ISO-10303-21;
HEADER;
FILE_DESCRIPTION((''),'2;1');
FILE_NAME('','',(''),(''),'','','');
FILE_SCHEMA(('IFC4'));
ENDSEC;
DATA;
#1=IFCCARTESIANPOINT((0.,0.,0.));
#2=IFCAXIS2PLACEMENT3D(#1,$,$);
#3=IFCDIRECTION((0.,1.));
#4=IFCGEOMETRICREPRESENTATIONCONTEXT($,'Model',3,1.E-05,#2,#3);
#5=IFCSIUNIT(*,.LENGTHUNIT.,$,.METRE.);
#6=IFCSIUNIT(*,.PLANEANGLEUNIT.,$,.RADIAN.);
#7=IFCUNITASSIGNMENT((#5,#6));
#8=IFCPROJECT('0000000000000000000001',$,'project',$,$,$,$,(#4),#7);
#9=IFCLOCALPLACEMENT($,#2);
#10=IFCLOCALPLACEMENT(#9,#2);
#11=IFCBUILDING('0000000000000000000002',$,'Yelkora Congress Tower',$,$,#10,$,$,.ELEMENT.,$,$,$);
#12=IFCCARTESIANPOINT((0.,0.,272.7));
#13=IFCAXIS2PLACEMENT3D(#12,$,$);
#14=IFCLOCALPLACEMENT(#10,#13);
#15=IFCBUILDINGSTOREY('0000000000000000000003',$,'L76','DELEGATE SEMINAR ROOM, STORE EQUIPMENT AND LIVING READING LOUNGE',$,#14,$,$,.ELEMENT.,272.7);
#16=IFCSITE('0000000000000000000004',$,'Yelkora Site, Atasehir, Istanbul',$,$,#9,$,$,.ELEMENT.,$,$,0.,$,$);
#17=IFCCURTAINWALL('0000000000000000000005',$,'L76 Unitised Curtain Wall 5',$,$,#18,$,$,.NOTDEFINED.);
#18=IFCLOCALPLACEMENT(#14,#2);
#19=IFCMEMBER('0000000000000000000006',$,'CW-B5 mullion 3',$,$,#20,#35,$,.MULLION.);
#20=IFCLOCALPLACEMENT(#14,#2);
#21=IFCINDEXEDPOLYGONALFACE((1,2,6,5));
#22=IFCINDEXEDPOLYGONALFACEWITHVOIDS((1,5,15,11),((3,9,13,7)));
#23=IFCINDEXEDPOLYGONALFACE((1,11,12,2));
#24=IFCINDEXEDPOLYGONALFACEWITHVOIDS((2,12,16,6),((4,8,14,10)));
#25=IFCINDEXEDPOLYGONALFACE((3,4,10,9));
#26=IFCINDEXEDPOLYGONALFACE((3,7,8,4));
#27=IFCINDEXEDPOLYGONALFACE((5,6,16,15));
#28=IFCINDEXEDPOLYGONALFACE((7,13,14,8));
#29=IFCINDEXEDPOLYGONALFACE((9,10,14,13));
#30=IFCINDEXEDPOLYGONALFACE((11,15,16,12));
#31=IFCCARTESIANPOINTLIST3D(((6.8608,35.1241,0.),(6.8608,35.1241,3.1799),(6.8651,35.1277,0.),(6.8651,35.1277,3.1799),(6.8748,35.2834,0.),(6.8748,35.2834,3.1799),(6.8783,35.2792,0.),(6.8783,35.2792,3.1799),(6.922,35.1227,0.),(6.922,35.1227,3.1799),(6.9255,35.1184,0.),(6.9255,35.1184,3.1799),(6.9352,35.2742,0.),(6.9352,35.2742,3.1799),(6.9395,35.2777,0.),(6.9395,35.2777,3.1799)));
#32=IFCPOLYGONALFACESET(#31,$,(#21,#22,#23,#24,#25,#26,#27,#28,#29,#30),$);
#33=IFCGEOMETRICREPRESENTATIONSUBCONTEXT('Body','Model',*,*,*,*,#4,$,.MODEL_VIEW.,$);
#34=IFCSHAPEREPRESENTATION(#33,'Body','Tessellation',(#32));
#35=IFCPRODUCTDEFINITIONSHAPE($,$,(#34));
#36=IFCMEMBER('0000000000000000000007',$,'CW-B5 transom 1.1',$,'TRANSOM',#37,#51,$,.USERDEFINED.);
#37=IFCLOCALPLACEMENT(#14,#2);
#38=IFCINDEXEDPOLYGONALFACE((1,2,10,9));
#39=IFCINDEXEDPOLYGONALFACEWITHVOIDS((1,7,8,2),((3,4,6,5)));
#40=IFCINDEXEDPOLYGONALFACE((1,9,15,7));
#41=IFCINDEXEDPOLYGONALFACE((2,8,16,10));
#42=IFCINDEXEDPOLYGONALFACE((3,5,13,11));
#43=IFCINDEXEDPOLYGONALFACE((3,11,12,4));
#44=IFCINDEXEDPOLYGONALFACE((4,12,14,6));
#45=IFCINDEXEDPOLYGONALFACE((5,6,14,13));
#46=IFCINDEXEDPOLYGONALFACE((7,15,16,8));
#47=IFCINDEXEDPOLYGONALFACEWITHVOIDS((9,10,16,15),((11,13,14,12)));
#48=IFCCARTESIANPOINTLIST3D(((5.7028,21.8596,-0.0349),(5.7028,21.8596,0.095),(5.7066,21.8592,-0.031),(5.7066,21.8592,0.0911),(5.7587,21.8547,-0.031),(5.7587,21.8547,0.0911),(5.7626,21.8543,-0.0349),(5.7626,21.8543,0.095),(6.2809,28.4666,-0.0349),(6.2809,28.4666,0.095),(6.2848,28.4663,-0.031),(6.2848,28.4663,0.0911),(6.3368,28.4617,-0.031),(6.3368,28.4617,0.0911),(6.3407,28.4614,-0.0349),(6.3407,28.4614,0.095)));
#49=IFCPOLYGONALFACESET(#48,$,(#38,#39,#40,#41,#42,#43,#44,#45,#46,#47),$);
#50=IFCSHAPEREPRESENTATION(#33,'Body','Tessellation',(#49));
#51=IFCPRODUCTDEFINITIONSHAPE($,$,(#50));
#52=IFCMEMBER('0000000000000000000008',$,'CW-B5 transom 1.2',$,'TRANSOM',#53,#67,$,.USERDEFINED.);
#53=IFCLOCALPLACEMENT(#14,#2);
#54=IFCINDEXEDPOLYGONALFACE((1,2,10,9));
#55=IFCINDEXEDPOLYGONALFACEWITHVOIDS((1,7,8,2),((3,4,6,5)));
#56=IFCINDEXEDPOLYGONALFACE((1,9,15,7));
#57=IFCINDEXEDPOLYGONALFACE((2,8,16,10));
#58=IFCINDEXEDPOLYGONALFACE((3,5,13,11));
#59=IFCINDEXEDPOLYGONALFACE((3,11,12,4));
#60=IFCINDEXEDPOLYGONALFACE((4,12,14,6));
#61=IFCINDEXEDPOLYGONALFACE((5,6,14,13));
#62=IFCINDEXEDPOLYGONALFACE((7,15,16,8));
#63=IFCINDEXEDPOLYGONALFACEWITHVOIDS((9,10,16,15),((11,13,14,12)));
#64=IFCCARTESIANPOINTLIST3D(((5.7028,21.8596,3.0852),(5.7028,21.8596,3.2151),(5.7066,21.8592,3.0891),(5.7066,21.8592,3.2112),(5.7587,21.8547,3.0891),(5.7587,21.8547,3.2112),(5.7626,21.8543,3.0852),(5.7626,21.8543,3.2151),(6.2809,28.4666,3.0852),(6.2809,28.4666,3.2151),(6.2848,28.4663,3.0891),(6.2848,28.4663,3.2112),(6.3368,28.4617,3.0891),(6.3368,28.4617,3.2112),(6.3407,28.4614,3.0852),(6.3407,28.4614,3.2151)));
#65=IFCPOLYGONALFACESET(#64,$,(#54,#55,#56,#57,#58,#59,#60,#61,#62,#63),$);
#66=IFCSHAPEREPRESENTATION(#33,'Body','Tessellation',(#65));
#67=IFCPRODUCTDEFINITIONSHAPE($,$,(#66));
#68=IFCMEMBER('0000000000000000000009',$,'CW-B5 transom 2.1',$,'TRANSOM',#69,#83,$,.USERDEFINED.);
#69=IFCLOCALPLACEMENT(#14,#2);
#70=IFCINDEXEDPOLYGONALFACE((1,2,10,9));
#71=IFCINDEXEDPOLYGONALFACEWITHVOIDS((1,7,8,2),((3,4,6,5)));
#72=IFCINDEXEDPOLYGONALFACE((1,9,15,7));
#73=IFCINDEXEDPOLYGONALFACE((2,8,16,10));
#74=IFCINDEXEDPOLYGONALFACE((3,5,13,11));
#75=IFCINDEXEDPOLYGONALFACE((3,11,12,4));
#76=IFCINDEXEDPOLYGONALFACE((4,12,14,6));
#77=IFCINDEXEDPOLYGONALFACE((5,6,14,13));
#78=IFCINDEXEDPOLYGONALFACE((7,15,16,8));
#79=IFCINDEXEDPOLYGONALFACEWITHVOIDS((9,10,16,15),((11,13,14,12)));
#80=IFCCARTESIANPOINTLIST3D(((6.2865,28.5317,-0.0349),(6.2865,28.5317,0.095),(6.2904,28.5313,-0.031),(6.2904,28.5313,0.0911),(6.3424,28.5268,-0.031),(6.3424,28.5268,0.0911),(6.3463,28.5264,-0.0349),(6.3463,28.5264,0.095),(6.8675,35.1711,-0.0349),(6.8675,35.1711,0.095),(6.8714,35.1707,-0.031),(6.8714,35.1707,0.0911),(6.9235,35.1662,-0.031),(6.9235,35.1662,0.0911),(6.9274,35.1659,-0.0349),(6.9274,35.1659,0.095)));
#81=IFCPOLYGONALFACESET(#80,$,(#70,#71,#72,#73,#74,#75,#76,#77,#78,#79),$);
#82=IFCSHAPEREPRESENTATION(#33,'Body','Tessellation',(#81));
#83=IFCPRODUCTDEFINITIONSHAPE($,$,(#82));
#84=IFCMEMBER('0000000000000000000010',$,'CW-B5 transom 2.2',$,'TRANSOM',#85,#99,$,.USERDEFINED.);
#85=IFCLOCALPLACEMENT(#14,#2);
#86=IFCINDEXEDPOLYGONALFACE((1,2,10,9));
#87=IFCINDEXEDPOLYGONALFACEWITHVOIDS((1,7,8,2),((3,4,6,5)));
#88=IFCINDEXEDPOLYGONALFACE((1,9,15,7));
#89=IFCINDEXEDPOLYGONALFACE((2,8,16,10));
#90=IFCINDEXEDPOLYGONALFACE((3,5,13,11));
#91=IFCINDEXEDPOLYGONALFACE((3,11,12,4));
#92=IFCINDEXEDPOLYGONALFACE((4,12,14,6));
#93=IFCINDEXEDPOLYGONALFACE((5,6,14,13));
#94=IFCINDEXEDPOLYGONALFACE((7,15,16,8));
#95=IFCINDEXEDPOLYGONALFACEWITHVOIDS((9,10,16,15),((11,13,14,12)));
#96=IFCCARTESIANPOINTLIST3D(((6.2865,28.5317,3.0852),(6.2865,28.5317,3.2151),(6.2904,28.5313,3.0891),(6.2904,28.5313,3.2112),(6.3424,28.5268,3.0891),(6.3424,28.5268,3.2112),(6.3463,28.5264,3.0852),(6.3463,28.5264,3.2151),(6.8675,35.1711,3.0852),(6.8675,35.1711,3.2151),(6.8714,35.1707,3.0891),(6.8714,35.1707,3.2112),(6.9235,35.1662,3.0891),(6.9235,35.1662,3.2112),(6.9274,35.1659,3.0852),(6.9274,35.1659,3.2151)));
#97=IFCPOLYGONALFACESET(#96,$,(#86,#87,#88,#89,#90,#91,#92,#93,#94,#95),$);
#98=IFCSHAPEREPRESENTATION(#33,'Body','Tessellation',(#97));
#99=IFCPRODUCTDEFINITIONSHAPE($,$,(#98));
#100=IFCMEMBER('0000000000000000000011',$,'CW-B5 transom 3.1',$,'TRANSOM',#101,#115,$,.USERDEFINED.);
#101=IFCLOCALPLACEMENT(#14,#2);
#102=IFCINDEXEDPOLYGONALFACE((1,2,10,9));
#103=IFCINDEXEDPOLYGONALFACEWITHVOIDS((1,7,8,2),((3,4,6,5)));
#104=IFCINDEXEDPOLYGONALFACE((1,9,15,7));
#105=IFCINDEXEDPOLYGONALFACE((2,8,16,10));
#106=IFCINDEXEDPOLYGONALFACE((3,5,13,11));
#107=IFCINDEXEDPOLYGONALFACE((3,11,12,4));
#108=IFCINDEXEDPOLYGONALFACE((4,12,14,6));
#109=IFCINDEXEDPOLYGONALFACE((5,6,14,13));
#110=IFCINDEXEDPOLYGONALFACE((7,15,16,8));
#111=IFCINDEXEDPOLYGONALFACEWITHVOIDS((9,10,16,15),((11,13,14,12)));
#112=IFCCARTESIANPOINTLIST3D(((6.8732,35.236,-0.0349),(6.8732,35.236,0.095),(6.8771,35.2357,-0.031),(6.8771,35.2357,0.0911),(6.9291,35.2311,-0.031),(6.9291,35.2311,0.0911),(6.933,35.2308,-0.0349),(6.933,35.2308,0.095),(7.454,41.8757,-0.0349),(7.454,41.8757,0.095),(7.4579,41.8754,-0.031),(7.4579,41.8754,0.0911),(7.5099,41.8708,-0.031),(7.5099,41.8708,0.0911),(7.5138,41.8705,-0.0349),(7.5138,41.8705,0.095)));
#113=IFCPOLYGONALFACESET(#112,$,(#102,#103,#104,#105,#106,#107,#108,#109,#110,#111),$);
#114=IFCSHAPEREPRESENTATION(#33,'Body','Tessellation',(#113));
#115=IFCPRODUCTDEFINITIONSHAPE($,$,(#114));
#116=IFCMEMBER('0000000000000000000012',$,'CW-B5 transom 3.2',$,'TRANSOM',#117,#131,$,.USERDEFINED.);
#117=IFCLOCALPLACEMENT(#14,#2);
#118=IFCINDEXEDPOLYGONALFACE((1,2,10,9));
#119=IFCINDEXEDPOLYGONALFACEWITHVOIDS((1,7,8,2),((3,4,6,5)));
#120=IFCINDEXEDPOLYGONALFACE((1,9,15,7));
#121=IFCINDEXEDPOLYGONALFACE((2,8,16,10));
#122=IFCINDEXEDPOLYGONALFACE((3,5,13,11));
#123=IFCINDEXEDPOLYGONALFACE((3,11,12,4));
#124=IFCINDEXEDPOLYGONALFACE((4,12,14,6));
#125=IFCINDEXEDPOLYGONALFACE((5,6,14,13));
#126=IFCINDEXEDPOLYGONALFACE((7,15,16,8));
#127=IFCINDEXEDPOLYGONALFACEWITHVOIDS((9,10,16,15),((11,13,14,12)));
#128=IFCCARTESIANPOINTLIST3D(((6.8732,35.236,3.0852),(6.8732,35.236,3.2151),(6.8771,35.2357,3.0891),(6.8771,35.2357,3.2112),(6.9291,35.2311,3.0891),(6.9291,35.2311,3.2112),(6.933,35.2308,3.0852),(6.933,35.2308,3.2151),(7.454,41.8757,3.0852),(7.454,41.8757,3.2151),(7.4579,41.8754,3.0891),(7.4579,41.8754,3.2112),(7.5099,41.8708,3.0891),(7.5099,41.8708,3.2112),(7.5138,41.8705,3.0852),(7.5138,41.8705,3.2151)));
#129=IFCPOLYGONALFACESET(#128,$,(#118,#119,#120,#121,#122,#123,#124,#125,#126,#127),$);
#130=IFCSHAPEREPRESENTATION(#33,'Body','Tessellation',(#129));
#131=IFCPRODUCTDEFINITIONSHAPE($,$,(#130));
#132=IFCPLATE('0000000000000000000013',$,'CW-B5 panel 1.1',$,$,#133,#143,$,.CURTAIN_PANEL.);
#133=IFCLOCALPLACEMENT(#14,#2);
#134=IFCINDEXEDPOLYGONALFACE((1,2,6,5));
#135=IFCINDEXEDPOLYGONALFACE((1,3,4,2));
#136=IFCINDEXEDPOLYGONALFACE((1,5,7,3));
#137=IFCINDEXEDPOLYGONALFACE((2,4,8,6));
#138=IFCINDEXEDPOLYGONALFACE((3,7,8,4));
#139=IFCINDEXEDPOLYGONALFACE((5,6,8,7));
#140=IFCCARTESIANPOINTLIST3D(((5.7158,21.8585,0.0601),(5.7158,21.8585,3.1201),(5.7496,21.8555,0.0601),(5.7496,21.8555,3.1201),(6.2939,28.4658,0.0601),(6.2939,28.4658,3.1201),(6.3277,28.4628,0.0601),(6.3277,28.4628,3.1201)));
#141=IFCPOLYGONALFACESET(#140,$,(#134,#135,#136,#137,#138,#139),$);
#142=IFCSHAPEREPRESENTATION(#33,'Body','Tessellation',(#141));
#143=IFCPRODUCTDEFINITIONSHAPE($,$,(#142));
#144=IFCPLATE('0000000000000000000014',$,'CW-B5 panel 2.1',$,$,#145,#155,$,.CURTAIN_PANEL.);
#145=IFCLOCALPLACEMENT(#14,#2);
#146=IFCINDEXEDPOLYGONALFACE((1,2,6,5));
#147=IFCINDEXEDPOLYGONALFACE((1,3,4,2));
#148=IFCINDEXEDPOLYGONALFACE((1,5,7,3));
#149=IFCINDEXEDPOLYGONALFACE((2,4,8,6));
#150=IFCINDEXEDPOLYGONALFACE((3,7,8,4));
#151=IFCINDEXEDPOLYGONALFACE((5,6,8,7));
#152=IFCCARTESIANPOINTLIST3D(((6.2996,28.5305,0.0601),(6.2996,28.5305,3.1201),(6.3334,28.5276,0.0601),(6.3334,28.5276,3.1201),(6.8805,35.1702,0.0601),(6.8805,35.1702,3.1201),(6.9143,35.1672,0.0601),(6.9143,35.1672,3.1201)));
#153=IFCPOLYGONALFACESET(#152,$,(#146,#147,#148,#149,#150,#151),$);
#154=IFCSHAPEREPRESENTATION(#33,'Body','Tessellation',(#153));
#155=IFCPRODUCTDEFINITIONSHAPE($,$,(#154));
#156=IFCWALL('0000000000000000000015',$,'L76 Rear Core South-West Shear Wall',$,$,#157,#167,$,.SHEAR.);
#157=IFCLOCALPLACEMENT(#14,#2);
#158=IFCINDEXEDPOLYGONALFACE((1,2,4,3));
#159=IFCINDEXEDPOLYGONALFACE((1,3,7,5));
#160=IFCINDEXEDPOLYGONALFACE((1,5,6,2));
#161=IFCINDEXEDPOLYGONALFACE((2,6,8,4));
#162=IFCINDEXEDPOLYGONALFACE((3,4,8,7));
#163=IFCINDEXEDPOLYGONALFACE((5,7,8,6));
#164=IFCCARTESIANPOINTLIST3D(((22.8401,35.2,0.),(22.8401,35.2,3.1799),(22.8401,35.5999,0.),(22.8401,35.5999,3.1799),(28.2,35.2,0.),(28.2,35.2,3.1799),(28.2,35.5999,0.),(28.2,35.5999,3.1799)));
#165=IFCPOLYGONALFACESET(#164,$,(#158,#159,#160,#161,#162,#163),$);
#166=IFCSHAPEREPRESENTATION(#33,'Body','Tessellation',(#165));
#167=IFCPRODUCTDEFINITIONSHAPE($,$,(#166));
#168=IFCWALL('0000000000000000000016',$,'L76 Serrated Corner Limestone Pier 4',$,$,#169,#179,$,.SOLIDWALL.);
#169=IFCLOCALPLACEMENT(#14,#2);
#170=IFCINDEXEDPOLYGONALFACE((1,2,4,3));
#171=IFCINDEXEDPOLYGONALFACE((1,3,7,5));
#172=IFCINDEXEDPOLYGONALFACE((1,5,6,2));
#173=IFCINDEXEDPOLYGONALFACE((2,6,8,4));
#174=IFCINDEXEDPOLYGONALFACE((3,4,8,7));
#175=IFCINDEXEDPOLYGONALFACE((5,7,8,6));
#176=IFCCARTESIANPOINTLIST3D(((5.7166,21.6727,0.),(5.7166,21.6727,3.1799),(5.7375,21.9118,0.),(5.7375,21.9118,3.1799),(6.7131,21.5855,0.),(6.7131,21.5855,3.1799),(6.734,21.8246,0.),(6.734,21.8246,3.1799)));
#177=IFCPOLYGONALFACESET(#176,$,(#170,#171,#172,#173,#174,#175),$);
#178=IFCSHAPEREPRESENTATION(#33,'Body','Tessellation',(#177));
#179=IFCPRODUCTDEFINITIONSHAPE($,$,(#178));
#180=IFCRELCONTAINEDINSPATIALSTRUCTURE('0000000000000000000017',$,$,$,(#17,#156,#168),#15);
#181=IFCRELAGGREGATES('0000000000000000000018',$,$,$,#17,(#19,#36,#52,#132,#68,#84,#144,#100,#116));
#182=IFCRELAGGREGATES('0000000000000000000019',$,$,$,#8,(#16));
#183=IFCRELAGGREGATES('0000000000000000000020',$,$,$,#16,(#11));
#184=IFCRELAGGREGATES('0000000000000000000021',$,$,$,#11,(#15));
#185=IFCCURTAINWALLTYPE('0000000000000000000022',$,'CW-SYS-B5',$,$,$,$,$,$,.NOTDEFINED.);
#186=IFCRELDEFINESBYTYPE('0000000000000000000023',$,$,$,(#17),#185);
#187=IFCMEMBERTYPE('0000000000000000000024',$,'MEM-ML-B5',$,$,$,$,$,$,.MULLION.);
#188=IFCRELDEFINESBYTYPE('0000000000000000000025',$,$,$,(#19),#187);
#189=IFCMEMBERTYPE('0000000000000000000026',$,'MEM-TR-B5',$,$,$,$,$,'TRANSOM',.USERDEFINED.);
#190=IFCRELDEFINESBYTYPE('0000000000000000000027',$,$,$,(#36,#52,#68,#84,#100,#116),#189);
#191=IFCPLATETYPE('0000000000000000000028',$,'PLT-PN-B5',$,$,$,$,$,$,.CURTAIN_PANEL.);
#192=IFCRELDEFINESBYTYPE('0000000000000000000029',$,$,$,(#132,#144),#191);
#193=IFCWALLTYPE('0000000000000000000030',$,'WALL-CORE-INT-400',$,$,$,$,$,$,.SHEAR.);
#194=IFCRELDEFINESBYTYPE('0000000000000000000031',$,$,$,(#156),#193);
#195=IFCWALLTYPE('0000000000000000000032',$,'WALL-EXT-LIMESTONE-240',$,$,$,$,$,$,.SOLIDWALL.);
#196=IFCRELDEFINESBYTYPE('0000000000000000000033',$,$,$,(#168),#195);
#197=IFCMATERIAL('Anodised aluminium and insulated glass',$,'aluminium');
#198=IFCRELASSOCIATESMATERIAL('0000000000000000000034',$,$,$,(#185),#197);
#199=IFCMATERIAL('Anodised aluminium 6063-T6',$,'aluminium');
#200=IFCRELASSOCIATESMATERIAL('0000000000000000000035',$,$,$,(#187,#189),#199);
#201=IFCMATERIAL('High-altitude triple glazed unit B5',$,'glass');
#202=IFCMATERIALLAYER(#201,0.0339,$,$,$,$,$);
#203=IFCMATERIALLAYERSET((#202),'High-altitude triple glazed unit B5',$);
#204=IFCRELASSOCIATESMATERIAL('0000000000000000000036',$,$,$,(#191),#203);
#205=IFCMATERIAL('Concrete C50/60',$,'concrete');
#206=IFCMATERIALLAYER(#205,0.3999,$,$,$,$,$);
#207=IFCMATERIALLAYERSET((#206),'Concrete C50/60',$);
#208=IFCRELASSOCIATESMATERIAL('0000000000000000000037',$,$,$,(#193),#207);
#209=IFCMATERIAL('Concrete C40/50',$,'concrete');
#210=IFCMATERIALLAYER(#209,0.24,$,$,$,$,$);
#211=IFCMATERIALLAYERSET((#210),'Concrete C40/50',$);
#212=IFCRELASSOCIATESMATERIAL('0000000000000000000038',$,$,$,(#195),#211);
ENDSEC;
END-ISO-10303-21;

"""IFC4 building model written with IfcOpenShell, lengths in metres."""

from ifc_helpers import new_model, si_unit, direction, frame, frame_2d, origin, origin_2d, place, context, subcontext, project, spatial, rectangle, hollow_rectangle, extrude, material, layer, layer_set, material_profile, profile_set, type_object, element, aggregate, save


model = new_model("IFC4")

# Units and contexts
model_context = context("Model", 3, precision=1e-05, world=origin(), true_north=direction((0.0, 1.0)))
body_context = subcontext(model_context, "Body", "Model", "MODEL_VIEW")
ifc_project = project(units=[si_unit("LENGTHUNIT", "METRE"), si_unit("PLANEANGLEUNIT", "RADIAN")], contexts=[model_context])

# Site, building, storey
site_placement = place(None, origin())
site = spatial("IfcSite", under=ifc_project, at=site_placement, Name="Yelkora Site, Atasehir, Istanbul", CompositionType="ELEMENT", RefElevation=0.0)
building_placement = place(site_placement, origin())
building = spatial("IfcBuilding", under=site, at=building_placement, Name="Yelkora Congress Tower", CompositionType="ELEMENT")
storey_placement = place(building_placement, frame((0.0, 0.0, 272.7)))
storey = spatial("IfcBuildingStorey", under=building, at=storey_placement, Name="L76", Description="DELEGATE SEMINAR ROOM, STORE EQUIPMENT AND LIVING READING LOUNGE", CompositionType="ELEMENT", Elevation=272.7)

# Curtain wall, members, plates
ifc_material_1 = material(Name="Anodised aluminium and insulated glass", Category="aluminium")
curtain_wall_type = type_object("IfcCurtainWallType", Name="CW-SYS-B5", PredefinedType="NOTDEFINED", material=ifc_material_1)
curtain_wall_placement = place(storey_placement, origin())
curtain_wall = element("IfcCurtainWall", 1, at=curtain_wall_placement, inside=storey, type_object=curtain_wall_type, Name="L76 Unitised Curtain Wall 5", PredefinedType="NOTDEFINED")
ifc_material_2 = material(Name="Anodised aluminium 6063-T6", Category="aluminium")
ifc_material_profile_1 = material_profile(ifc_material_2, hollow_rectangle(XDim=0.0649, YDim=0.1599, WallThickness=0.0039, at=origin_2d()), Name="ALU 65x160x4")
ifc_profile_set_1 = profile_set([ifc_material_profile_1], Name="Anodised aluminium 6063-T6")
member_type_1 = type_object("IfcMemberType", Name="MEM-ML-B5", PredefinedType="MULLION", material=ifc_profile_set_1)
member_1_placement = place(storey_placement, frame((6.9001, 35.2009, 0.0), z_axis=(0.0, 0.0, 1.0), x_axis=(-0.996195, 0.087155, 0.0)))
member_1 = element("IfcMember", 2, at=member_1_placement, type_object=member_type_1, Name="CW-B5 mullion 3", PredefinedType="MULLION", context=body_context, shape_type="SweptSolid", body=[
    extrude(hollow_rectangle(XDim=0.0649, YDim=0.1599, WallThickness=0.0039, at=origin_2d()), origin(), (0.0, 0.0, 1.0), 3.1799),
])
ifc_material_profile_2 = material_profile(ifc_material_2, hollow_rectangle(XDim=0.0601, YDim=0.1299, WallThickness=0.0039, at=origin_2d()), Name="ALU 60x130x4")
ifc_profile_set_2 = profile_set([ifc_material_profile_2], Name="Anodised aluminium 6063-T6")
member_type_2 = type_object("IfcMemberType", Name="MEM-TR-B5", ElementType="TRANSOM", PredefinedType="USERDEFINED", material=ifc_profile_set_2)
member_2_placement = place(storey_placement, frame((5.7327, 21.8569, 0.03), z_axis=(0.087166, 0.996194, 0.0), x_axis=(-0.996194, 0.087166, 0.0)))
member_2 = element("IfcMember", 3, at=member_2_placement, type_object=member_type_2, Name="CW-B5 transom 1.1", ObjectType="TRANSOM", PredefinedType="USERDEFINED", context=body_context, shape_type="SweptSolid", body=[
    extrude(hollow_rectangle(XDim=0.0601, YDim=0.1299, WallThickness=0.0039, at=origin_2d()), origin(), (0.0, 0.0, 1.0), 6.6323),
])
member_3_placement = place(storey_placement, frame((5.7327, 21.8569, 3.1501), z_axis=(0.087166, 0.996194, 0.0), x_axis=(-0.996194, 0.087166, 0.0)))
member_3 = element("IfcMember", 4, at=member_3_placement, type_object=member_type_2, Name="CW-B5 transom 1.2", ObjectType="TRANSOM", PredefinedType="USERDEFINED", context=body_context, shape_type="SweptSolid", body=[
    extrude(hollow_rectangle(XDim=0.0601, YDim=0.1299, WallThickness=0.0039, at=origin_2d()), origin(), (0.0, 0.0, 1.0), 6.6323),
])
member_4_placement = place(storey_placement, frame((6.3164, 28.5291, 0.03), z_axis=(0.087183, 0.996192, 0.0), x_axis=(-0.996192, 0.087183, 0.0)))
member_4 = element("IfcMember", 5, at=member_4_placement, type_object=member_type_2, Name="CW-B5 transom 2.1", ObjectType="TRANSOM", PredefinedType="USERDEFINED", context=body_context, shape_type="SweptSolid", body=[
    extrude(hollow_rectangle(XDim=0.0601, YDim=0.1299, WallThickness=0.0039, at=origin_2d()), origin(), (0.0, 0.0, 1.0), 6.6648),
])
member_5_placement = place(storey_placement, frame((6.3164, 28.5291, 3.1501), z_axis=(0.087183, 0.996192, 0.0), x_axis=(-0.996192, 0.087183, 0.0)))
member_5 = element("IfcMember", 6, at=member_5_placement, type_object=member_type_2, Name="CW-B5 transom 2.2", ObjectType="TRANSOM", PredefinedType="USERDEFINED", context=body_context, shape_type="SweptSolid", body=[
    extrude(hollow_rectangle(XDim=0.0601, YDim=0.1299, WallThickness=0.0039, at=origin_2d()), origin(), (0.0, 0.0, 1.0), 6.6648),
])
member_6_placement = place(storey_placement, frame((6.9031, 35.2334, 0.03), z_axis=(0.087143, 0.996196, 0.0), x_axis=(-0.996196, 0.087143, 0.0)))
member_6 = element("IfcMember", 7, at=member_6_placement, type_object=member_type_2, Name="CW-B5 transom 3.1", ObjectType="TRANSOM", PredefinedType="USERDEFINED", context=body_context, shape_type="SweptSolid", body=[
    extrude(hollow_rectangle(XDim=0.0601, YDim=0.1299, WallThickness=0.0039, at=origin_2d()), origin(), (0.0, 0.0, 1.0), 6.665),
])
member_7_placement = place(storey_placement, frame((6.9031, 35.2334, 3.1501), z_axis=(0.087143, 0.996196, 0.0), x_axis=(-0.996196, 0.087143, 0.0)))
member_7 = element("IfcMember", 8, at=member_7_placement, type_object=member_type_2, Name="CW-B5 transom 3.2", ObjectType="TRANSOM", PredefinedType="USERDEFINED", context=body_context, shape_type="SweptSolid", body=[
    extrude(hollow_rectangle(XDim=0.0601, YDim=0.1299, WallThickness=0.0039, at=origin_2d()), origin(), (0.0, 0.0, 1.0), 6.665),
])
ifc_material_3 = material(Name="High-altitude triple glazed unit B5", Category="glass")
ifc_layer_1 = layer(ifc_material_3, 0.0339)
ifc_layer_set_1 = layer_set([ifc_layer_1], Name="High-altitude triple glazed unit B5")
plate_type = type_object("IfcPlateType", Name="PLT-PN-B5", PredefinedType="CURTAIN_PANEL", material=ifc_layer_set_1)
plate_1_placement = place(storey_placement, frame((6.0217, 25.1606, 0.0601), z_axis=(0.0, 0.0, 1.0), x_axis=(0.087155, 0.996195, 0.0)))
plate_1 = element("IfcPlate", 9, at=plate_1_placement, type_object=plate_type, Name="CW-B5 panel 1.1", PredefinedType="CURTAIN_PANEL", context=body_context, shape_type="SweptSolid", body=[
    extrude(rectangle(XDim=6.6326, YDim=0.0339, at=origin_2d()), origin(), (0.0, 0.0, 1.0), 3.0601),
])
plate_2_placement = place(storey_placement, frame((6.6069, 31.8489, 0.0601), z_axis=(0.0, 0.0, 1.0), x_axis=(0.087155, 0.996195, 0.0)))
plate_2 = element("IfcPlate", 10, at=plate_2_placement, type_object=plate_type, Name="CW-B5 panel 2.1", PredefinedType="CURTAIN_PANEL", context=body_context, shape_type="SweptSolid", body=[
    extrude(rectangle(XDim=6.665, YDim=0.0339, at=origin_2d()), origin(), (0.0, 0.0, 1.0), 3.0601),
])
aggregate(curtain_wall, [member_1, member_2, member_3, plate_1, member_4, member_5, plate_2, member_6, member_7])

# Walls
ifc_material_4 = material(Name="Concrete C50/60", Category="concrete")
ifc_layer_2 = layer(ifc_material_4, 0.3999)
ifc_layer_set_2 = layer_set([ifc_layer_2], Name="Concrete C50/60")
wall_type_1 = type_object("IfcWallType", Name="WALL-CORE-INT-400", PredefinedType="SHEAR", material=ifc_layer_set_2)
wall_1_placement = place(storey_placement, frame((22.8401, 35.3999, 0.0), z_axis=(0.0, 0.0, 1.0), x_axis=(1.0, 0.0, 0.0)))
element("IfcWall", 11, at=wall_1_placement, inside=storey, type_object=wall_type_1, Name="L76 Rear Core South-West Shear Wall", PredefinedType="SHEAR", context=body_context, shape_type="SweptSolid", body=[
    extrude(rectangle(XDim=5.3599, YDim=0.3999, at=frame_2d((2.6799, 0.0))), origin(), (0.0, 0.0, 1.0), 3.1799),
])
ifc_material_5 = material(Name="Concrete C40/50", Category="concrete")
ifc_layer_3 = layer(ifc_material_5, 0.24)
ifc_layer_set_3 = layer_set([ifc_layer_3], Name="Concrete C40/50")
wall_type_2 = type_object("IfcWallType", Name="WALL-EXT-LIMESTONE-240", PredefinedType="SOLIDWALL", material=ifc_layer_set_3)
wall_2_placement = place(storey_placement, frame((6.7234, 21.7051, 0.0), z_axis=(0.0, 0.0, 1.0), x_axis=(-0.996196, 0.087146, 0.0)))
element("IfcWall", 12, at=wall_2_placement, inside=storey, type_object=wall_type_2, Name="L76 Serrated Corner Limestone Pier 4", PredefinedType="SOLIDWALL", context=body_context, shape_type="SweptSolid", body=[
    extrude(rectangle(XDim=1.0002, YDim=0.24, at=frame_2d((0.5, 0.0))), origin(), (0.0, 0.0, 1.0), 3.1799),
])

save(model, "model.ifc")
